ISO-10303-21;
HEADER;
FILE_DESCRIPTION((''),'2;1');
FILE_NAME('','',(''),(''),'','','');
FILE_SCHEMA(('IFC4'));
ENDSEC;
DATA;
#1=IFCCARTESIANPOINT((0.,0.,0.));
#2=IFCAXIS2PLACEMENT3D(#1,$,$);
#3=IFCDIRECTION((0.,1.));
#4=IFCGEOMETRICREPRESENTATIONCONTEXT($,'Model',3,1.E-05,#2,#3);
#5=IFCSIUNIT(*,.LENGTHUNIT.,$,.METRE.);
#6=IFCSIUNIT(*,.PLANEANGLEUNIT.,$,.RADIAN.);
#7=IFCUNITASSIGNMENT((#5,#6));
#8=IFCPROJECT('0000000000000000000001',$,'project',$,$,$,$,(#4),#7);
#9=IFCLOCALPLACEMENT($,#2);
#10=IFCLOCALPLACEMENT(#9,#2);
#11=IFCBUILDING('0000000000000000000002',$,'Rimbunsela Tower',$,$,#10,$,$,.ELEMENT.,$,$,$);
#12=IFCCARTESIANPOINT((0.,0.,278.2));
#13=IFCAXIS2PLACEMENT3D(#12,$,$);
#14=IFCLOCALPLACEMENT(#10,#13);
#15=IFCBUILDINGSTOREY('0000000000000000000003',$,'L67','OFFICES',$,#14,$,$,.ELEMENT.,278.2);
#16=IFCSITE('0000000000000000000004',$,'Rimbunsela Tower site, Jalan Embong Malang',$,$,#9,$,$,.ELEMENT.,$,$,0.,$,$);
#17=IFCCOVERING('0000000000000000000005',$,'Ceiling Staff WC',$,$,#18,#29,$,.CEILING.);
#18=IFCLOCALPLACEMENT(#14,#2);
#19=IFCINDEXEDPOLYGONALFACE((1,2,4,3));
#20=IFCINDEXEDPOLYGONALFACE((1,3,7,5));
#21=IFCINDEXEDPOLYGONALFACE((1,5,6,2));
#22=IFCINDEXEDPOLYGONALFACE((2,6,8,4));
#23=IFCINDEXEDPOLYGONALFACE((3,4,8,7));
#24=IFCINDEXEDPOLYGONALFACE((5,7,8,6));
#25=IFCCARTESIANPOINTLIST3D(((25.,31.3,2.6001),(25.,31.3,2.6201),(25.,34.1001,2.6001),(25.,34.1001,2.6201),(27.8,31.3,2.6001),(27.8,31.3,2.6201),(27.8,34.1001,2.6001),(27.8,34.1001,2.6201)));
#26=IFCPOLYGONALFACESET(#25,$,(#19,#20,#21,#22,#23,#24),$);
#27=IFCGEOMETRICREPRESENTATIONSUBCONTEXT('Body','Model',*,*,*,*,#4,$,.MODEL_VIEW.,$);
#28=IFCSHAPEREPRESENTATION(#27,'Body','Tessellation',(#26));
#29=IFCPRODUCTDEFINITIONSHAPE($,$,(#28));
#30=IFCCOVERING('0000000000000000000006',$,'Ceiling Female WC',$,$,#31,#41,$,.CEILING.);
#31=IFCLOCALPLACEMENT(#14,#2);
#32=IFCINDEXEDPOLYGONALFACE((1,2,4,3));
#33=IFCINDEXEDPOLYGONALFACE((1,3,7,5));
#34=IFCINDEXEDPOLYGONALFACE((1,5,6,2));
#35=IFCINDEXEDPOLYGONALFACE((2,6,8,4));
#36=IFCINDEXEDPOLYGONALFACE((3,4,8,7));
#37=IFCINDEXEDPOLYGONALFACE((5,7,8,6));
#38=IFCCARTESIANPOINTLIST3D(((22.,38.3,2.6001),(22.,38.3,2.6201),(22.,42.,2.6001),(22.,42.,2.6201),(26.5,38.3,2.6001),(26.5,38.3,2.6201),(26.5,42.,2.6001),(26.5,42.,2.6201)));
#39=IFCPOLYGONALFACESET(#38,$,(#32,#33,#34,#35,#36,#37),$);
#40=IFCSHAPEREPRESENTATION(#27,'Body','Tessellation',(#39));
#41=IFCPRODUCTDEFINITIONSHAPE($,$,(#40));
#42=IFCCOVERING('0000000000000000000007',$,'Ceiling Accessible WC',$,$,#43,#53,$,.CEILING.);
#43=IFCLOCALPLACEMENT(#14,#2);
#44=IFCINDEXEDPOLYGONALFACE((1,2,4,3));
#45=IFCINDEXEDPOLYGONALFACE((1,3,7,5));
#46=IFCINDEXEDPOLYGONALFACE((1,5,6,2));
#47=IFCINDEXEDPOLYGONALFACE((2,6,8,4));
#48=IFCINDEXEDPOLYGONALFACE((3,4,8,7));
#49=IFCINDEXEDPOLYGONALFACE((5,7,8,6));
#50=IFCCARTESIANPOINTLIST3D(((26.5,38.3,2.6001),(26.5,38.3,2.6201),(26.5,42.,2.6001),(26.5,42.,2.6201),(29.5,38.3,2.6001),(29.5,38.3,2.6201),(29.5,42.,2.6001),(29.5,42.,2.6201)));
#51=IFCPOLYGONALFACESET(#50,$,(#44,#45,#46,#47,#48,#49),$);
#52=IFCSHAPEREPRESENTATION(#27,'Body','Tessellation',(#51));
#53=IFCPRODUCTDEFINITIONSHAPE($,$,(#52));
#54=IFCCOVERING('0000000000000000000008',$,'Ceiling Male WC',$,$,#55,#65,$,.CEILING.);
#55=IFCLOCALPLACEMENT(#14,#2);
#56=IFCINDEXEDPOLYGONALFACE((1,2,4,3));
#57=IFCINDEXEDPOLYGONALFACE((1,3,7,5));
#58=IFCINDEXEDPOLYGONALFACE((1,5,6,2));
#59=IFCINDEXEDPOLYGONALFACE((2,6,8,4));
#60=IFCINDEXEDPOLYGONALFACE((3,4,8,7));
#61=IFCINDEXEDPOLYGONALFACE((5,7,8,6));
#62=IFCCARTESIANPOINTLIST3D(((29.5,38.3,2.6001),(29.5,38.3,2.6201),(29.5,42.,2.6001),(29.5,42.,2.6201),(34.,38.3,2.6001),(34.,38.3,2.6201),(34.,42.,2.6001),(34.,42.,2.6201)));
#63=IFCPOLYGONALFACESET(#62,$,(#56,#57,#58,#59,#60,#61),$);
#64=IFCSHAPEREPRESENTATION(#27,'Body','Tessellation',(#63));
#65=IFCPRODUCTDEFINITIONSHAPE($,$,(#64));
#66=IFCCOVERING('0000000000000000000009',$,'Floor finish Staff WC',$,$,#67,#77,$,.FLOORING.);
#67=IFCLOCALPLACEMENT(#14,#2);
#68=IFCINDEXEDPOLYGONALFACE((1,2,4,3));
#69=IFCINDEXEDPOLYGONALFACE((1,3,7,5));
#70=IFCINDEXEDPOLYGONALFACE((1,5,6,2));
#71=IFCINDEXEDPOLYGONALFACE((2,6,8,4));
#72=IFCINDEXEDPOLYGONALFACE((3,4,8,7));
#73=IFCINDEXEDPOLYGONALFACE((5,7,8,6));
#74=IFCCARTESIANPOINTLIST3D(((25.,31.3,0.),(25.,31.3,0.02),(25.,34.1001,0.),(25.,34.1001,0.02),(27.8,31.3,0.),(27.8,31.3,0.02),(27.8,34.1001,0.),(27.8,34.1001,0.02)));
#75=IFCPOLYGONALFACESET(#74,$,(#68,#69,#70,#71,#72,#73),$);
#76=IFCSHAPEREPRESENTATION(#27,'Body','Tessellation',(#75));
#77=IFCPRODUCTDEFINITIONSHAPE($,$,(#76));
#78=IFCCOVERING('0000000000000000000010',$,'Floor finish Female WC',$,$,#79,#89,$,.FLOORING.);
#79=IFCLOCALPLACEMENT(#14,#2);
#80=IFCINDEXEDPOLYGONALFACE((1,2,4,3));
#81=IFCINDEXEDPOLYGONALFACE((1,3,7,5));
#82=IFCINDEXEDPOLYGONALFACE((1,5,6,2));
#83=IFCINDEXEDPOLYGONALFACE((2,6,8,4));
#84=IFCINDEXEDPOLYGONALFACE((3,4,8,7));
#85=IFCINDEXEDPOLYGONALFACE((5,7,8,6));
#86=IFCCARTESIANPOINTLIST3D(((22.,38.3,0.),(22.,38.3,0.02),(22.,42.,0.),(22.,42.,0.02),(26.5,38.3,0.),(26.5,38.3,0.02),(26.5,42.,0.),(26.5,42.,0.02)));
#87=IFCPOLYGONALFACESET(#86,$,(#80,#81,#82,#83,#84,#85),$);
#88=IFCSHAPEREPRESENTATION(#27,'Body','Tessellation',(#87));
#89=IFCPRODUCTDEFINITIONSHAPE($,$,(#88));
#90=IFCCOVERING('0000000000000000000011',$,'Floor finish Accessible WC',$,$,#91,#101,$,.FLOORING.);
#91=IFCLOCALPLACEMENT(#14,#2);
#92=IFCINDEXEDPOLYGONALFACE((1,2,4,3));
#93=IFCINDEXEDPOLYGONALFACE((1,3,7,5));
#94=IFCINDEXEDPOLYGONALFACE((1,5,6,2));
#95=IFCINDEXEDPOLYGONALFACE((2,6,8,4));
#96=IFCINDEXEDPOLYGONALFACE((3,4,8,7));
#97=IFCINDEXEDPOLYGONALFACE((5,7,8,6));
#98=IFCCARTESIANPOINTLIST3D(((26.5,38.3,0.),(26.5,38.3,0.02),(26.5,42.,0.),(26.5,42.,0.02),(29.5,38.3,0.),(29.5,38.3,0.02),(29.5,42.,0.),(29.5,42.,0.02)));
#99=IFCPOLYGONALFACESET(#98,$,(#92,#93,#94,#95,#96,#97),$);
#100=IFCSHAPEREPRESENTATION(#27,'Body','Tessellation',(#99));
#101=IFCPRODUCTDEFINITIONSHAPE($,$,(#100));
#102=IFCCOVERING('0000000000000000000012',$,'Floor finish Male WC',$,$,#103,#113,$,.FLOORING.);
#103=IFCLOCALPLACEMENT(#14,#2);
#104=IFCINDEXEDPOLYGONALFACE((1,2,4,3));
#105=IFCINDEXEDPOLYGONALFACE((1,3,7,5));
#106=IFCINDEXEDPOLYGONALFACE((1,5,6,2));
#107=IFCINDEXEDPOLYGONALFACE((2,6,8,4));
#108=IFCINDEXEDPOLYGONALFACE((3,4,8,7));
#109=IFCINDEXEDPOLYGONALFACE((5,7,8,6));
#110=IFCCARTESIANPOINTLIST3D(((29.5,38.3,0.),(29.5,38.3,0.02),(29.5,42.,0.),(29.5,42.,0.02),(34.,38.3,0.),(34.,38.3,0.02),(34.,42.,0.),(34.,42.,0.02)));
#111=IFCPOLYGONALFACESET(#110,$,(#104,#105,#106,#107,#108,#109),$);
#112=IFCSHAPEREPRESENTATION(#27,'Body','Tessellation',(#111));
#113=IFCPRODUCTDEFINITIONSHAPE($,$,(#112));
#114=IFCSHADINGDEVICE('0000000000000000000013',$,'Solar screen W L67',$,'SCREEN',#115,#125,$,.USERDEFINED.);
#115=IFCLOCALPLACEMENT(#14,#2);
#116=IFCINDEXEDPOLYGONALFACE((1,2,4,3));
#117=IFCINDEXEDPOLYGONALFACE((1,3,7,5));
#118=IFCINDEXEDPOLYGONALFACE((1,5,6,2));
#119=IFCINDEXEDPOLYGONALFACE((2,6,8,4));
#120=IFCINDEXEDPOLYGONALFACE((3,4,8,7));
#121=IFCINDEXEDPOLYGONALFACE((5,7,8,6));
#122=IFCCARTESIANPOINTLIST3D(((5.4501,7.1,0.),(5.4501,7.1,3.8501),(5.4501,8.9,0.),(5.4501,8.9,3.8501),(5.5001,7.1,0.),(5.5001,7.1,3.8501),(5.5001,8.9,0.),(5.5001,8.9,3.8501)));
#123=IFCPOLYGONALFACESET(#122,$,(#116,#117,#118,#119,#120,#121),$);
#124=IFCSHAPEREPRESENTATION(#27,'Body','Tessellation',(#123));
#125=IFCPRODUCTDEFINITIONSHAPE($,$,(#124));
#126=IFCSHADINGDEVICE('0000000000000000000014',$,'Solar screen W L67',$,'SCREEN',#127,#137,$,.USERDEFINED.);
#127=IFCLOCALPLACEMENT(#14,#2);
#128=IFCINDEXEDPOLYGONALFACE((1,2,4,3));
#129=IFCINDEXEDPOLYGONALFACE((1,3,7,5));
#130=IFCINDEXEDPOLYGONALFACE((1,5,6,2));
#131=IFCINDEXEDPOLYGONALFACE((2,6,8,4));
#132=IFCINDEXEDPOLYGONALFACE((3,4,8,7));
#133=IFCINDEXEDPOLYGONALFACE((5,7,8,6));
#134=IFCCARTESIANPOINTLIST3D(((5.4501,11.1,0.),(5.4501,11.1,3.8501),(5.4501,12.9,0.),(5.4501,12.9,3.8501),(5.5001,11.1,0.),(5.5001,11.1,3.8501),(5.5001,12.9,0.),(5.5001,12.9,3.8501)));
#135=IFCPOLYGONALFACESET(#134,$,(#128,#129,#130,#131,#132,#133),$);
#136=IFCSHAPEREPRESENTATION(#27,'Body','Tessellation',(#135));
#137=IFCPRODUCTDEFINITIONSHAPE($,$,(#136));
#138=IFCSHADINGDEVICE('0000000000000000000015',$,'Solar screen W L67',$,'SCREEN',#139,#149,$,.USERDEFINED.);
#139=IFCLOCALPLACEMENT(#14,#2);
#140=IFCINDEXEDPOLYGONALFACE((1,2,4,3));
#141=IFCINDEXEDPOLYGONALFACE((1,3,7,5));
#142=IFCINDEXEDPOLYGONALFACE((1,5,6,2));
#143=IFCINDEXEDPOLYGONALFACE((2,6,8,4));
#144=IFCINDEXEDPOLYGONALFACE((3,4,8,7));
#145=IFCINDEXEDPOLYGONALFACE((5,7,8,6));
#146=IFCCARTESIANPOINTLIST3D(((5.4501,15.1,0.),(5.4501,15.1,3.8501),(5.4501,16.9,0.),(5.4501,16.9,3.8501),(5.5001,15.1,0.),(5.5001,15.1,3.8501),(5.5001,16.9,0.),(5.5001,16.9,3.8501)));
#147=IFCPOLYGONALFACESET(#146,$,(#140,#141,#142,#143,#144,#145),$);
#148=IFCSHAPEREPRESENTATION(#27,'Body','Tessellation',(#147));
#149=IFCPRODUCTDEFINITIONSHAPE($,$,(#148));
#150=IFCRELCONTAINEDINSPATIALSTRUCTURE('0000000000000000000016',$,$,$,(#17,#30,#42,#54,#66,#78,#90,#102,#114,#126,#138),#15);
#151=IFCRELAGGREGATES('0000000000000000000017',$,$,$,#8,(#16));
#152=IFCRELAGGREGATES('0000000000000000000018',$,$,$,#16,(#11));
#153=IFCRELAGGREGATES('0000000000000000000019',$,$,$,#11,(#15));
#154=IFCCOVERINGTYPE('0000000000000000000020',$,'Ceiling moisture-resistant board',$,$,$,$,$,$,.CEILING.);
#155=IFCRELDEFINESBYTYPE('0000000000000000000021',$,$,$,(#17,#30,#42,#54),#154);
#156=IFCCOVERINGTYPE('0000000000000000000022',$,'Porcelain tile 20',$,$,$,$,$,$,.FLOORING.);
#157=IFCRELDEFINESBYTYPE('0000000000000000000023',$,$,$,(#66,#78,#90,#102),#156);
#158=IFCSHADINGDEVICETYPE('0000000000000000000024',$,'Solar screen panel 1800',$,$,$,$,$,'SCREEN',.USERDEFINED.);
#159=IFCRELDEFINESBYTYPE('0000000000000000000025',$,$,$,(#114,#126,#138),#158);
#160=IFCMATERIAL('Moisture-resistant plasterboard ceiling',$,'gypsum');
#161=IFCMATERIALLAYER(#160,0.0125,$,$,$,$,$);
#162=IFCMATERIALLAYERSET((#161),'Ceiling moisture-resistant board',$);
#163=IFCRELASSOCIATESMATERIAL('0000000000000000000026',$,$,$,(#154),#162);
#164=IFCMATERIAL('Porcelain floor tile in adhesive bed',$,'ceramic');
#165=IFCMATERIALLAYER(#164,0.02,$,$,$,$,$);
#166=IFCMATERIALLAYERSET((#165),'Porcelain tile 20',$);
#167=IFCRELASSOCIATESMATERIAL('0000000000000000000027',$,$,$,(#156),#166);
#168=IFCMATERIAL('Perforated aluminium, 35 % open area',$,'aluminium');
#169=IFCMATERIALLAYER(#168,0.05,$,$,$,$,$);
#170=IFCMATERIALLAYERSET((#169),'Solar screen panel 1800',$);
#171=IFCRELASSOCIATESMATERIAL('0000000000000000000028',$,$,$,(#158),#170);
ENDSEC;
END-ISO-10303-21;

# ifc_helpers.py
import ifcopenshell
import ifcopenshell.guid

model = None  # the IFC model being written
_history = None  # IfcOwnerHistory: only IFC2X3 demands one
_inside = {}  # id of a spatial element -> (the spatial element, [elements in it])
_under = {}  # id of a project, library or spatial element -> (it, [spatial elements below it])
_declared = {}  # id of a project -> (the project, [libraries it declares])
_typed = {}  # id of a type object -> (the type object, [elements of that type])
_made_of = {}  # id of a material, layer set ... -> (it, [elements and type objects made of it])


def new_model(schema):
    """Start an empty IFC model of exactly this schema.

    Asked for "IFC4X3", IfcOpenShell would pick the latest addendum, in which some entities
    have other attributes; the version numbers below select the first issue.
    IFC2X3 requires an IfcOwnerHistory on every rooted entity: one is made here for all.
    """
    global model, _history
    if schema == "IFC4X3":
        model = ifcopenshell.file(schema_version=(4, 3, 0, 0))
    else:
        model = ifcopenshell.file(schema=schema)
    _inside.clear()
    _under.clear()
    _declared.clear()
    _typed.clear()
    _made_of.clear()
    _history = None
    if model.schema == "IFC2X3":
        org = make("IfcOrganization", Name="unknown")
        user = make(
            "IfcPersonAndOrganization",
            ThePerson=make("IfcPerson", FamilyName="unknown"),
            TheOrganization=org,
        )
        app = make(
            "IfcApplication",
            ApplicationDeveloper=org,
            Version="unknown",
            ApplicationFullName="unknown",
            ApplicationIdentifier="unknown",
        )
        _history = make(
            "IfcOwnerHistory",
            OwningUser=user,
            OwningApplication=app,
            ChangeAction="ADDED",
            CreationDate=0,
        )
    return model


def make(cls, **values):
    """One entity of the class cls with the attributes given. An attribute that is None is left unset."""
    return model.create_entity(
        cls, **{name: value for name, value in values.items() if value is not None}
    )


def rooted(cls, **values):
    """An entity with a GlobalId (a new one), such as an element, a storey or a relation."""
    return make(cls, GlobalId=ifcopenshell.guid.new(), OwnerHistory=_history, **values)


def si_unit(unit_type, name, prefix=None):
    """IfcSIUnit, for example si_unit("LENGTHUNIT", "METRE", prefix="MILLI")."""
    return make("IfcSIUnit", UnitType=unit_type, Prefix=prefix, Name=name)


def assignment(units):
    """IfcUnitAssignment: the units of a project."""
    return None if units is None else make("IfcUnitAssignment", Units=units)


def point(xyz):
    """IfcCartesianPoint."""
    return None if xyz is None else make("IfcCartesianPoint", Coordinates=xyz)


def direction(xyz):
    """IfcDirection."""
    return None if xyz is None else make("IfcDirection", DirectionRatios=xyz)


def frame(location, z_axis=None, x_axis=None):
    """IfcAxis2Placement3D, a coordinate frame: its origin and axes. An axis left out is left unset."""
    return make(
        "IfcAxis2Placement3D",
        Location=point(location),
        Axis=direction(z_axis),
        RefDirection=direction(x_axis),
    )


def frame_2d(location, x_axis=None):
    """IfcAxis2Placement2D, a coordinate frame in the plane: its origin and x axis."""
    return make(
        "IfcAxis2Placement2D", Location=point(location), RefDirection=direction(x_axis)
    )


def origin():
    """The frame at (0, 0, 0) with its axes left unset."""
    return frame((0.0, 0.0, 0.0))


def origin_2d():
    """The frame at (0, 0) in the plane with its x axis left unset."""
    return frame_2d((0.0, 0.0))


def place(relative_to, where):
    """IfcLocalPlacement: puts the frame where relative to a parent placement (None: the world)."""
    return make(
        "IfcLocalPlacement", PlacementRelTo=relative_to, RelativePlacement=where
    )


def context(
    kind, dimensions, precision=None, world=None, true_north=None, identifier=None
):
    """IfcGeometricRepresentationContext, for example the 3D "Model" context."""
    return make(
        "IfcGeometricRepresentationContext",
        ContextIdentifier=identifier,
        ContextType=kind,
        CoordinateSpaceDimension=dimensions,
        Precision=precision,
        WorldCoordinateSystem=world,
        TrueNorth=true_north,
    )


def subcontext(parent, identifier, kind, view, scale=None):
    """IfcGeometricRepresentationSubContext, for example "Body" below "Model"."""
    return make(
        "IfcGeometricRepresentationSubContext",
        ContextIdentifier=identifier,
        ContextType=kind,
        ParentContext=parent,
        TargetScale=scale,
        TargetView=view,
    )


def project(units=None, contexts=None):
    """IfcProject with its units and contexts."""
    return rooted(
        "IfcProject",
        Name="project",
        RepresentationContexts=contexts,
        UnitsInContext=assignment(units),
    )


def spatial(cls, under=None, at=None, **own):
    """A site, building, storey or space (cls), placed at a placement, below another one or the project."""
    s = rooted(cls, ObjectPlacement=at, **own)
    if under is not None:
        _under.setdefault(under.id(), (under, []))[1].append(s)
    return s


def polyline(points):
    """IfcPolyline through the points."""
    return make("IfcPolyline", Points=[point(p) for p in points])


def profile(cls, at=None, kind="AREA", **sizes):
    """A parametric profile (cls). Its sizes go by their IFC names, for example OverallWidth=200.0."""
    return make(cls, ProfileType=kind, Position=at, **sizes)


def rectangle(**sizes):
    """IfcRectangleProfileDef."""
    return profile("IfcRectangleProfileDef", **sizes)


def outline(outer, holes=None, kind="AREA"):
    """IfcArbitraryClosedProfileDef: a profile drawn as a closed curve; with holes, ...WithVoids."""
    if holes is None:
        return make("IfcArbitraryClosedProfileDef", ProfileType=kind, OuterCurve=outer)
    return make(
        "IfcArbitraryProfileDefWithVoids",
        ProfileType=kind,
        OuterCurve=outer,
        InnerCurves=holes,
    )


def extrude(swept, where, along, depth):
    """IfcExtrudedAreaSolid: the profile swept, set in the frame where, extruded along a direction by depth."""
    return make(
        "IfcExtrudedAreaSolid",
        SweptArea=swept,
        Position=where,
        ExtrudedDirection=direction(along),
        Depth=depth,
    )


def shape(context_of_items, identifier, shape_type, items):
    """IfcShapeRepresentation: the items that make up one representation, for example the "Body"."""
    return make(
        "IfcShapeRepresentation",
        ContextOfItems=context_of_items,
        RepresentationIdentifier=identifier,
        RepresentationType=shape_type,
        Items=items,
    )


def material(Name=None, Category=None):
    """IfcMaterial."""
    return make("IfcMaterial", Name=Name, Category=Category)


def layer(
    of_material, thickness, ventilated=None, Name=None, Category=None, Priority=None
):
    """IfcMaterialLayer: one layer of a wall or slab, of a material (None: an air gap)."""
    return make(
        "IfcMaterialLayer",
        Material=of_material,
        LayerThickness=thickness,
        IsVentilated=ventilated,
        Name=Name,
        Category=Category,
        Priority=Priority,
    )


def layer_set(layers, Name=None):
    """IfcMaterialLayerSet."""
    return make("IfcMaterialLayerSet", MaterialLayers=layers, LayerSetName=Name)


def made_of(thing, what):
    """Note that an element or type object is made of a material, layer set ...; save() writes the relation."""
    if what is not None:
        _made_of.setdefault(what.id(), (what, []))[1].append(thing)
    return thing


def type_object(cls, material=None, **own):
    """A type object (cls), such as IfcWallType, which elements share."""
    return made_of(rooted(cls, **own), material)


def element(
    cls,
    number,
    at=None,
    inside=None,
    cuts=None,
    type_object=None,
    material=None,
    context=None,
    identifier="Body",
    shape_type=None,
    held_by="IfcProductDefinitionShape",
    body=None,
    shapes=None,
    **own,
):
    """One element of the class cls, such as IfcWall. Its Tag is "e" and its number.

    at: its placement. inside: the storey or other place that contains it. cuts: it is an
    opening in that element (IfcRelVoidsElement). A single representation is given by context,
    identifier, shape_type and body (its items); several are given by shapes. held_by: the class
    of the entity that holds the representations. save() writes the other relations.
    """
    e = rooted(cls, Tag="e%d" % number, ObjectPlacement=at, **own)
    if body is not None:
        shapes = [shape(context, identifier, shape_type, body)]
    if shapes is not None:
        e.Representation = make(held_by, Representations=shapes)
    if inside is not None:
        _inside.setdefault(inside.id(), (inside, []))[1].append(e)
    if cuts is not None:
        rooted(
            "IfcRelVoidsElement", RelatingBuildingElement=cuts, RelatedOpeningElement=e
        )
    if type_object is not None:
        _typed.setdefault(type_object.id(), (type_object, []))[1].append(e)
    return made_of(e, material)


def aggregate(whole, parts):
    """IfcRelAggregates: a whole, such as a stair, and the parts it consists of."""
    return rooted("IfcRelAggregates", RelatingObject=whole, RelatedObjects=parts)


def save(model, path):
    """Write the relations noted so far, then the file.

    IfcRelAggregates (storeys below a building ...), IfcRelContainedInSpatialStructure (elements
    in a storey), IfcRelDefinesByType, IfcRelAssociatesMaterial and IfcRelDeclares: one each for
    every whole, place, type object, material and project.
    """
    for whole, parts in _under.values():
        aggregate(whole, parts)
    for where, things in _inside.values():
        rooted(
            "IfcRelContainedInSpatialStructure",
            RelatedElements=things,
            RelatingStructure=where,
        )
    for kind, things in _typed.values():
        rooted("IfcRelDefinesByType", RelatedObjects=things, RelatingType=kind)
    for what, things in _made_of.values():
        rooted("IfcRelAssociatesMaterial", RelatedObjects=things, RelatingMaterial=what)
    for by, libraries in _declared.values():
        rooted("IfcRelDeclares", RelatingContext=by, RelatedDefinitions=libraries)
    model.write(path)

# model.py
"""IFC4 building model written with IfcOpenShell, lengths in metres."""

from ifc_helpers import new_model, si_unit, direction, frame, origin, origin_2d, place, context, subcontext, project, spatial, polyline, rectangle, outline, extrude, material, layer, layer_set, type_object, element, save


model = new_model("IFC4")

# Units and contexts
model_context = context("Model", 3, precision=1e-05, world=origin(), true_north=direction((0.0, 1.0)))
body_context = subcontext(model_context, "Body", "Model", "MODEL_VIEW")
ifc_project = project(units=[si_unit("LENGTHUNIT", "METRE"), si_unit("PLANEANGLEUNIT", "RADIAN")], contexts=[model_context])

# Site, building, storey
site_placement = place(None, origin())
site = spatial("IfcSite", under=ifc_project, at=site_placement, Name="Rimbunsela Tower site, Jalan Embong Malang", CompositionType="ELEMENT", RefElevation=0.0)
building_placement = place(site_placement, origin())
building = spatial("IfcBuilding", under=site, at=building_placement, Name="Rimbunsela Tower", CompositionType="ELEMENT")
storey_placement = place(building_placement, frame((0.0, 0.0, 278.2)))
storey = spatial("IfcBuildingStorey", under=building, at=storey_placement, Name="L67", Description="OFFICES", CompositionType="ELEMENT", Elevation=278.2)

# Coverings
ifc_material_1 = material(Name="Moisture-resistant plasterboard ceiling", Category="gypsum")
ifc_layer_1 = layer(ifc_material_1, 0.0125)
ifc_layer_set_1 = layer_set([ifc_layer_1], Name="Ceiling moisture-resistant board")
covering_type_1 = type_object("IfcCoveringType", Name="Ceiling moisture-resistant board", PredefinedType="CEILING", material=ifc_layer_set_1)
covering_1_placement = place(storey_placement, frame((0.0, 0.0, 2.6001)))
element("IfcCovering", 1, at=covering_1_placement, inside=storey, type_object=covering_type_1, Name="Ceiling Staff WC", PredefinedType="CEILING", context=body_context, shape_type="SweptSolid", body=[
    extrude(outline(polyline([(27.8, 31.3), (27.8, 34.1001), (25.0, 34.1001), (25.0, 31.3), (27.8, 31.3)])), origin(), (0.0, 0.0, 1.0), 0.02),
])
covering_2_placement = place(storey_placement, frame((0.0, 0.0, 2.6001)))
element("IfcCovering", 2, at=covering_2_placement, inside=storey, type_object=covering_type_1, Name="Ceiling Female WC", PredefinedType="CEILING", context=body_context, shape_type="SweptSolid", body=[
    extrude(outline(polyline([(26.5, 38.3), (26.5, 42.0), (22.0, 42.0), (22.0, 38.3), (26.5, 38.3)])), origin(), (0.0, 0.0, 1.0), 0.02),
])
covering_3_placement = place(storey_placement, frame((0.0, 0.0, 2.6001)))
element("IfcCovering", 3, at=covering_3_placement, inside=storey, type_object=covering_type_1, Name="Ceiling Accessible WC", PredefinedType="CEILING", context=body_context, shape_type="SweptSolid", body=[
    extrude(outline(polyline([(29.5, 38.3), (29.5, 42.0), (26.5, 42.0), (26.5, 38.3), (29.5, 38.3)])), origin(), (0.0, 0.0, 1.0), 0.02),
])
covering_4_placement = place(storey_placement, frame((0.0, 0.0, 2.6001)))
element("IfcCovering", 4, at=covering_4_placement, inside=storey, type_object=covering_type_1, Name="Ceiling Male WC", PredefinedType="CEILING", context=body_context, shape_type="SweptSolid", body=[
    extrude(outline(polyline([(34.0, 38.3), (34.0, 42.0), (29.5, 42.0), (29.5, 38.3), (34.0, 38.3)])), origin(), (0.0, 0.0, 1.0), 0.02),
])
ifc_material_2 = material(Name="Porcelain floor tile in adhesive bed", Category="ceramic")
ifc_layer_2 = layer(ifc_material_2, 0.02)
ifc_layer_set_2 = layer_set([ifc_layer_2], Name="Porcelain tile 20")
covering_type_2 = type_object("IfcCoveringType", Name="Porcelain tile 20", PredefinedType="FLOORING", material=ifc_layer_set_2)
covering_5_placement = place(storey_placement, origin())
element("IfcCovering", 5, at=covering_5_placement, inside=storey, type_object=covering_type_2, Name="Floor finish Staff WC", PredefinedType="FLOORING", context=body_context, shape_type="SweptSolid", body=[
    extrude(outline(polyline([(27.8, 31.3), (27.8, 34.1001), (25.0, 34.1001), (25.0, 31.3), (27.8, 31.3)])), origin(), (0.0, 0.0, 1.0), 0.02),
])
covering_6_placement = place(storey_placement, origin())
element("IfcCovering", 6, at=covering_6_placement, inside=storey, type_object=covering_type_2, Name="Floor finish Female WC", PredefinedType="FLOORING", context=body_context, shape_type="SweptSolid", body=[
    extrude(outline(polyline([(26.5, 38.3), (26.5, 42.0), (22.0, 42.0), (22.0, 38.3), (26.5, 38.3)])), origin(), (0.0, 0.0, 1.0), 0.02),
])
covering_7_placement = place(storey_placement, origin())
element("IfcCovering", 7, at=covering_7_placement, inside=storey, type_object=covering_type_2, Name="Floor finish Accessible WC", PredefinedType="FLOORING", context=body_context, shape_type="SweptSolid", body=[
    extrude(outline(polyline([(29.5, 38.3), (29.5, 42.0), (26.5, 42.0), (26.5, 38.3), (29.5, 38.3)])), origin(), (0.0, 0.0, 1.0), 0.02),
])
covering_8_placement = place(storey_placement, origin())
element("IfcCovering", 8, at=covering_8_placement, inside=storey, type_object=covering_type_2, Name="Floor finish Male WC", PredefinedType="FLOORING", context=body_context, shape_type="SweptSolid", body=[
    extrude(outline(polyline([(34.0, 38.3), (34.0, 42.0), (29.5, 42.0), (29.5, 38.3), (34.0, 38.3)])), origin(), (0.0, 0.0, 1.0), 0.02),
])

# Shading devices
ifc_material_3 = material(Name="Perforated aluminium, 35 % open area", Category="aluminium")
ifc_layer_3 = layer(ifc_material_3, 0.05)
ifc_layer_set_3 = layer_set([ifc_layer_3], Name="Solar screen panel 1800")
shading_device_type = type_object("IfcShadingDeviceType", Name="Solar screen panel 1800", ElementType="SCREEN", PredefinedType="USERDEFINED", material=ifc_layer_set_3)
for number, where, z_axis, x_axis, name in (
    (9, (5.4751, 8.0, 0.0), (0.0, 0.0, 1.0), (0.0, 1.0, 0.0), "Solar screen W L67"),
    (10, (5.4751, 12.0, 0.0), (0.0, 0.0, 1.0), (0.0, 1.0, 0.0), "Solar screen W L67"),
    (11, (5.4751, 16.0, 0.0), (0.0, 0.0, 1.0), (0.0, 1.0, 0.0), "Solar screen W L67"),
):
    element("IfcShadingDevice", number, at=place(storey_placement, frame(where, z_axis=z_axis, x_axis=x_axis)), inside=storey, type_object=shading_device_type, Name=name, ObjectType="SCREEN", PredefinedType="USERDEFINED", context=body_context, shape_type="SweptSolid", body=[
        extrude(rectangle(XDim=1.8, YDim=0.05, at=origin_2d()), origin(), (0.0, 0.0, 1.0), 3.8501),
    ])

save(model, "model.ifc")
